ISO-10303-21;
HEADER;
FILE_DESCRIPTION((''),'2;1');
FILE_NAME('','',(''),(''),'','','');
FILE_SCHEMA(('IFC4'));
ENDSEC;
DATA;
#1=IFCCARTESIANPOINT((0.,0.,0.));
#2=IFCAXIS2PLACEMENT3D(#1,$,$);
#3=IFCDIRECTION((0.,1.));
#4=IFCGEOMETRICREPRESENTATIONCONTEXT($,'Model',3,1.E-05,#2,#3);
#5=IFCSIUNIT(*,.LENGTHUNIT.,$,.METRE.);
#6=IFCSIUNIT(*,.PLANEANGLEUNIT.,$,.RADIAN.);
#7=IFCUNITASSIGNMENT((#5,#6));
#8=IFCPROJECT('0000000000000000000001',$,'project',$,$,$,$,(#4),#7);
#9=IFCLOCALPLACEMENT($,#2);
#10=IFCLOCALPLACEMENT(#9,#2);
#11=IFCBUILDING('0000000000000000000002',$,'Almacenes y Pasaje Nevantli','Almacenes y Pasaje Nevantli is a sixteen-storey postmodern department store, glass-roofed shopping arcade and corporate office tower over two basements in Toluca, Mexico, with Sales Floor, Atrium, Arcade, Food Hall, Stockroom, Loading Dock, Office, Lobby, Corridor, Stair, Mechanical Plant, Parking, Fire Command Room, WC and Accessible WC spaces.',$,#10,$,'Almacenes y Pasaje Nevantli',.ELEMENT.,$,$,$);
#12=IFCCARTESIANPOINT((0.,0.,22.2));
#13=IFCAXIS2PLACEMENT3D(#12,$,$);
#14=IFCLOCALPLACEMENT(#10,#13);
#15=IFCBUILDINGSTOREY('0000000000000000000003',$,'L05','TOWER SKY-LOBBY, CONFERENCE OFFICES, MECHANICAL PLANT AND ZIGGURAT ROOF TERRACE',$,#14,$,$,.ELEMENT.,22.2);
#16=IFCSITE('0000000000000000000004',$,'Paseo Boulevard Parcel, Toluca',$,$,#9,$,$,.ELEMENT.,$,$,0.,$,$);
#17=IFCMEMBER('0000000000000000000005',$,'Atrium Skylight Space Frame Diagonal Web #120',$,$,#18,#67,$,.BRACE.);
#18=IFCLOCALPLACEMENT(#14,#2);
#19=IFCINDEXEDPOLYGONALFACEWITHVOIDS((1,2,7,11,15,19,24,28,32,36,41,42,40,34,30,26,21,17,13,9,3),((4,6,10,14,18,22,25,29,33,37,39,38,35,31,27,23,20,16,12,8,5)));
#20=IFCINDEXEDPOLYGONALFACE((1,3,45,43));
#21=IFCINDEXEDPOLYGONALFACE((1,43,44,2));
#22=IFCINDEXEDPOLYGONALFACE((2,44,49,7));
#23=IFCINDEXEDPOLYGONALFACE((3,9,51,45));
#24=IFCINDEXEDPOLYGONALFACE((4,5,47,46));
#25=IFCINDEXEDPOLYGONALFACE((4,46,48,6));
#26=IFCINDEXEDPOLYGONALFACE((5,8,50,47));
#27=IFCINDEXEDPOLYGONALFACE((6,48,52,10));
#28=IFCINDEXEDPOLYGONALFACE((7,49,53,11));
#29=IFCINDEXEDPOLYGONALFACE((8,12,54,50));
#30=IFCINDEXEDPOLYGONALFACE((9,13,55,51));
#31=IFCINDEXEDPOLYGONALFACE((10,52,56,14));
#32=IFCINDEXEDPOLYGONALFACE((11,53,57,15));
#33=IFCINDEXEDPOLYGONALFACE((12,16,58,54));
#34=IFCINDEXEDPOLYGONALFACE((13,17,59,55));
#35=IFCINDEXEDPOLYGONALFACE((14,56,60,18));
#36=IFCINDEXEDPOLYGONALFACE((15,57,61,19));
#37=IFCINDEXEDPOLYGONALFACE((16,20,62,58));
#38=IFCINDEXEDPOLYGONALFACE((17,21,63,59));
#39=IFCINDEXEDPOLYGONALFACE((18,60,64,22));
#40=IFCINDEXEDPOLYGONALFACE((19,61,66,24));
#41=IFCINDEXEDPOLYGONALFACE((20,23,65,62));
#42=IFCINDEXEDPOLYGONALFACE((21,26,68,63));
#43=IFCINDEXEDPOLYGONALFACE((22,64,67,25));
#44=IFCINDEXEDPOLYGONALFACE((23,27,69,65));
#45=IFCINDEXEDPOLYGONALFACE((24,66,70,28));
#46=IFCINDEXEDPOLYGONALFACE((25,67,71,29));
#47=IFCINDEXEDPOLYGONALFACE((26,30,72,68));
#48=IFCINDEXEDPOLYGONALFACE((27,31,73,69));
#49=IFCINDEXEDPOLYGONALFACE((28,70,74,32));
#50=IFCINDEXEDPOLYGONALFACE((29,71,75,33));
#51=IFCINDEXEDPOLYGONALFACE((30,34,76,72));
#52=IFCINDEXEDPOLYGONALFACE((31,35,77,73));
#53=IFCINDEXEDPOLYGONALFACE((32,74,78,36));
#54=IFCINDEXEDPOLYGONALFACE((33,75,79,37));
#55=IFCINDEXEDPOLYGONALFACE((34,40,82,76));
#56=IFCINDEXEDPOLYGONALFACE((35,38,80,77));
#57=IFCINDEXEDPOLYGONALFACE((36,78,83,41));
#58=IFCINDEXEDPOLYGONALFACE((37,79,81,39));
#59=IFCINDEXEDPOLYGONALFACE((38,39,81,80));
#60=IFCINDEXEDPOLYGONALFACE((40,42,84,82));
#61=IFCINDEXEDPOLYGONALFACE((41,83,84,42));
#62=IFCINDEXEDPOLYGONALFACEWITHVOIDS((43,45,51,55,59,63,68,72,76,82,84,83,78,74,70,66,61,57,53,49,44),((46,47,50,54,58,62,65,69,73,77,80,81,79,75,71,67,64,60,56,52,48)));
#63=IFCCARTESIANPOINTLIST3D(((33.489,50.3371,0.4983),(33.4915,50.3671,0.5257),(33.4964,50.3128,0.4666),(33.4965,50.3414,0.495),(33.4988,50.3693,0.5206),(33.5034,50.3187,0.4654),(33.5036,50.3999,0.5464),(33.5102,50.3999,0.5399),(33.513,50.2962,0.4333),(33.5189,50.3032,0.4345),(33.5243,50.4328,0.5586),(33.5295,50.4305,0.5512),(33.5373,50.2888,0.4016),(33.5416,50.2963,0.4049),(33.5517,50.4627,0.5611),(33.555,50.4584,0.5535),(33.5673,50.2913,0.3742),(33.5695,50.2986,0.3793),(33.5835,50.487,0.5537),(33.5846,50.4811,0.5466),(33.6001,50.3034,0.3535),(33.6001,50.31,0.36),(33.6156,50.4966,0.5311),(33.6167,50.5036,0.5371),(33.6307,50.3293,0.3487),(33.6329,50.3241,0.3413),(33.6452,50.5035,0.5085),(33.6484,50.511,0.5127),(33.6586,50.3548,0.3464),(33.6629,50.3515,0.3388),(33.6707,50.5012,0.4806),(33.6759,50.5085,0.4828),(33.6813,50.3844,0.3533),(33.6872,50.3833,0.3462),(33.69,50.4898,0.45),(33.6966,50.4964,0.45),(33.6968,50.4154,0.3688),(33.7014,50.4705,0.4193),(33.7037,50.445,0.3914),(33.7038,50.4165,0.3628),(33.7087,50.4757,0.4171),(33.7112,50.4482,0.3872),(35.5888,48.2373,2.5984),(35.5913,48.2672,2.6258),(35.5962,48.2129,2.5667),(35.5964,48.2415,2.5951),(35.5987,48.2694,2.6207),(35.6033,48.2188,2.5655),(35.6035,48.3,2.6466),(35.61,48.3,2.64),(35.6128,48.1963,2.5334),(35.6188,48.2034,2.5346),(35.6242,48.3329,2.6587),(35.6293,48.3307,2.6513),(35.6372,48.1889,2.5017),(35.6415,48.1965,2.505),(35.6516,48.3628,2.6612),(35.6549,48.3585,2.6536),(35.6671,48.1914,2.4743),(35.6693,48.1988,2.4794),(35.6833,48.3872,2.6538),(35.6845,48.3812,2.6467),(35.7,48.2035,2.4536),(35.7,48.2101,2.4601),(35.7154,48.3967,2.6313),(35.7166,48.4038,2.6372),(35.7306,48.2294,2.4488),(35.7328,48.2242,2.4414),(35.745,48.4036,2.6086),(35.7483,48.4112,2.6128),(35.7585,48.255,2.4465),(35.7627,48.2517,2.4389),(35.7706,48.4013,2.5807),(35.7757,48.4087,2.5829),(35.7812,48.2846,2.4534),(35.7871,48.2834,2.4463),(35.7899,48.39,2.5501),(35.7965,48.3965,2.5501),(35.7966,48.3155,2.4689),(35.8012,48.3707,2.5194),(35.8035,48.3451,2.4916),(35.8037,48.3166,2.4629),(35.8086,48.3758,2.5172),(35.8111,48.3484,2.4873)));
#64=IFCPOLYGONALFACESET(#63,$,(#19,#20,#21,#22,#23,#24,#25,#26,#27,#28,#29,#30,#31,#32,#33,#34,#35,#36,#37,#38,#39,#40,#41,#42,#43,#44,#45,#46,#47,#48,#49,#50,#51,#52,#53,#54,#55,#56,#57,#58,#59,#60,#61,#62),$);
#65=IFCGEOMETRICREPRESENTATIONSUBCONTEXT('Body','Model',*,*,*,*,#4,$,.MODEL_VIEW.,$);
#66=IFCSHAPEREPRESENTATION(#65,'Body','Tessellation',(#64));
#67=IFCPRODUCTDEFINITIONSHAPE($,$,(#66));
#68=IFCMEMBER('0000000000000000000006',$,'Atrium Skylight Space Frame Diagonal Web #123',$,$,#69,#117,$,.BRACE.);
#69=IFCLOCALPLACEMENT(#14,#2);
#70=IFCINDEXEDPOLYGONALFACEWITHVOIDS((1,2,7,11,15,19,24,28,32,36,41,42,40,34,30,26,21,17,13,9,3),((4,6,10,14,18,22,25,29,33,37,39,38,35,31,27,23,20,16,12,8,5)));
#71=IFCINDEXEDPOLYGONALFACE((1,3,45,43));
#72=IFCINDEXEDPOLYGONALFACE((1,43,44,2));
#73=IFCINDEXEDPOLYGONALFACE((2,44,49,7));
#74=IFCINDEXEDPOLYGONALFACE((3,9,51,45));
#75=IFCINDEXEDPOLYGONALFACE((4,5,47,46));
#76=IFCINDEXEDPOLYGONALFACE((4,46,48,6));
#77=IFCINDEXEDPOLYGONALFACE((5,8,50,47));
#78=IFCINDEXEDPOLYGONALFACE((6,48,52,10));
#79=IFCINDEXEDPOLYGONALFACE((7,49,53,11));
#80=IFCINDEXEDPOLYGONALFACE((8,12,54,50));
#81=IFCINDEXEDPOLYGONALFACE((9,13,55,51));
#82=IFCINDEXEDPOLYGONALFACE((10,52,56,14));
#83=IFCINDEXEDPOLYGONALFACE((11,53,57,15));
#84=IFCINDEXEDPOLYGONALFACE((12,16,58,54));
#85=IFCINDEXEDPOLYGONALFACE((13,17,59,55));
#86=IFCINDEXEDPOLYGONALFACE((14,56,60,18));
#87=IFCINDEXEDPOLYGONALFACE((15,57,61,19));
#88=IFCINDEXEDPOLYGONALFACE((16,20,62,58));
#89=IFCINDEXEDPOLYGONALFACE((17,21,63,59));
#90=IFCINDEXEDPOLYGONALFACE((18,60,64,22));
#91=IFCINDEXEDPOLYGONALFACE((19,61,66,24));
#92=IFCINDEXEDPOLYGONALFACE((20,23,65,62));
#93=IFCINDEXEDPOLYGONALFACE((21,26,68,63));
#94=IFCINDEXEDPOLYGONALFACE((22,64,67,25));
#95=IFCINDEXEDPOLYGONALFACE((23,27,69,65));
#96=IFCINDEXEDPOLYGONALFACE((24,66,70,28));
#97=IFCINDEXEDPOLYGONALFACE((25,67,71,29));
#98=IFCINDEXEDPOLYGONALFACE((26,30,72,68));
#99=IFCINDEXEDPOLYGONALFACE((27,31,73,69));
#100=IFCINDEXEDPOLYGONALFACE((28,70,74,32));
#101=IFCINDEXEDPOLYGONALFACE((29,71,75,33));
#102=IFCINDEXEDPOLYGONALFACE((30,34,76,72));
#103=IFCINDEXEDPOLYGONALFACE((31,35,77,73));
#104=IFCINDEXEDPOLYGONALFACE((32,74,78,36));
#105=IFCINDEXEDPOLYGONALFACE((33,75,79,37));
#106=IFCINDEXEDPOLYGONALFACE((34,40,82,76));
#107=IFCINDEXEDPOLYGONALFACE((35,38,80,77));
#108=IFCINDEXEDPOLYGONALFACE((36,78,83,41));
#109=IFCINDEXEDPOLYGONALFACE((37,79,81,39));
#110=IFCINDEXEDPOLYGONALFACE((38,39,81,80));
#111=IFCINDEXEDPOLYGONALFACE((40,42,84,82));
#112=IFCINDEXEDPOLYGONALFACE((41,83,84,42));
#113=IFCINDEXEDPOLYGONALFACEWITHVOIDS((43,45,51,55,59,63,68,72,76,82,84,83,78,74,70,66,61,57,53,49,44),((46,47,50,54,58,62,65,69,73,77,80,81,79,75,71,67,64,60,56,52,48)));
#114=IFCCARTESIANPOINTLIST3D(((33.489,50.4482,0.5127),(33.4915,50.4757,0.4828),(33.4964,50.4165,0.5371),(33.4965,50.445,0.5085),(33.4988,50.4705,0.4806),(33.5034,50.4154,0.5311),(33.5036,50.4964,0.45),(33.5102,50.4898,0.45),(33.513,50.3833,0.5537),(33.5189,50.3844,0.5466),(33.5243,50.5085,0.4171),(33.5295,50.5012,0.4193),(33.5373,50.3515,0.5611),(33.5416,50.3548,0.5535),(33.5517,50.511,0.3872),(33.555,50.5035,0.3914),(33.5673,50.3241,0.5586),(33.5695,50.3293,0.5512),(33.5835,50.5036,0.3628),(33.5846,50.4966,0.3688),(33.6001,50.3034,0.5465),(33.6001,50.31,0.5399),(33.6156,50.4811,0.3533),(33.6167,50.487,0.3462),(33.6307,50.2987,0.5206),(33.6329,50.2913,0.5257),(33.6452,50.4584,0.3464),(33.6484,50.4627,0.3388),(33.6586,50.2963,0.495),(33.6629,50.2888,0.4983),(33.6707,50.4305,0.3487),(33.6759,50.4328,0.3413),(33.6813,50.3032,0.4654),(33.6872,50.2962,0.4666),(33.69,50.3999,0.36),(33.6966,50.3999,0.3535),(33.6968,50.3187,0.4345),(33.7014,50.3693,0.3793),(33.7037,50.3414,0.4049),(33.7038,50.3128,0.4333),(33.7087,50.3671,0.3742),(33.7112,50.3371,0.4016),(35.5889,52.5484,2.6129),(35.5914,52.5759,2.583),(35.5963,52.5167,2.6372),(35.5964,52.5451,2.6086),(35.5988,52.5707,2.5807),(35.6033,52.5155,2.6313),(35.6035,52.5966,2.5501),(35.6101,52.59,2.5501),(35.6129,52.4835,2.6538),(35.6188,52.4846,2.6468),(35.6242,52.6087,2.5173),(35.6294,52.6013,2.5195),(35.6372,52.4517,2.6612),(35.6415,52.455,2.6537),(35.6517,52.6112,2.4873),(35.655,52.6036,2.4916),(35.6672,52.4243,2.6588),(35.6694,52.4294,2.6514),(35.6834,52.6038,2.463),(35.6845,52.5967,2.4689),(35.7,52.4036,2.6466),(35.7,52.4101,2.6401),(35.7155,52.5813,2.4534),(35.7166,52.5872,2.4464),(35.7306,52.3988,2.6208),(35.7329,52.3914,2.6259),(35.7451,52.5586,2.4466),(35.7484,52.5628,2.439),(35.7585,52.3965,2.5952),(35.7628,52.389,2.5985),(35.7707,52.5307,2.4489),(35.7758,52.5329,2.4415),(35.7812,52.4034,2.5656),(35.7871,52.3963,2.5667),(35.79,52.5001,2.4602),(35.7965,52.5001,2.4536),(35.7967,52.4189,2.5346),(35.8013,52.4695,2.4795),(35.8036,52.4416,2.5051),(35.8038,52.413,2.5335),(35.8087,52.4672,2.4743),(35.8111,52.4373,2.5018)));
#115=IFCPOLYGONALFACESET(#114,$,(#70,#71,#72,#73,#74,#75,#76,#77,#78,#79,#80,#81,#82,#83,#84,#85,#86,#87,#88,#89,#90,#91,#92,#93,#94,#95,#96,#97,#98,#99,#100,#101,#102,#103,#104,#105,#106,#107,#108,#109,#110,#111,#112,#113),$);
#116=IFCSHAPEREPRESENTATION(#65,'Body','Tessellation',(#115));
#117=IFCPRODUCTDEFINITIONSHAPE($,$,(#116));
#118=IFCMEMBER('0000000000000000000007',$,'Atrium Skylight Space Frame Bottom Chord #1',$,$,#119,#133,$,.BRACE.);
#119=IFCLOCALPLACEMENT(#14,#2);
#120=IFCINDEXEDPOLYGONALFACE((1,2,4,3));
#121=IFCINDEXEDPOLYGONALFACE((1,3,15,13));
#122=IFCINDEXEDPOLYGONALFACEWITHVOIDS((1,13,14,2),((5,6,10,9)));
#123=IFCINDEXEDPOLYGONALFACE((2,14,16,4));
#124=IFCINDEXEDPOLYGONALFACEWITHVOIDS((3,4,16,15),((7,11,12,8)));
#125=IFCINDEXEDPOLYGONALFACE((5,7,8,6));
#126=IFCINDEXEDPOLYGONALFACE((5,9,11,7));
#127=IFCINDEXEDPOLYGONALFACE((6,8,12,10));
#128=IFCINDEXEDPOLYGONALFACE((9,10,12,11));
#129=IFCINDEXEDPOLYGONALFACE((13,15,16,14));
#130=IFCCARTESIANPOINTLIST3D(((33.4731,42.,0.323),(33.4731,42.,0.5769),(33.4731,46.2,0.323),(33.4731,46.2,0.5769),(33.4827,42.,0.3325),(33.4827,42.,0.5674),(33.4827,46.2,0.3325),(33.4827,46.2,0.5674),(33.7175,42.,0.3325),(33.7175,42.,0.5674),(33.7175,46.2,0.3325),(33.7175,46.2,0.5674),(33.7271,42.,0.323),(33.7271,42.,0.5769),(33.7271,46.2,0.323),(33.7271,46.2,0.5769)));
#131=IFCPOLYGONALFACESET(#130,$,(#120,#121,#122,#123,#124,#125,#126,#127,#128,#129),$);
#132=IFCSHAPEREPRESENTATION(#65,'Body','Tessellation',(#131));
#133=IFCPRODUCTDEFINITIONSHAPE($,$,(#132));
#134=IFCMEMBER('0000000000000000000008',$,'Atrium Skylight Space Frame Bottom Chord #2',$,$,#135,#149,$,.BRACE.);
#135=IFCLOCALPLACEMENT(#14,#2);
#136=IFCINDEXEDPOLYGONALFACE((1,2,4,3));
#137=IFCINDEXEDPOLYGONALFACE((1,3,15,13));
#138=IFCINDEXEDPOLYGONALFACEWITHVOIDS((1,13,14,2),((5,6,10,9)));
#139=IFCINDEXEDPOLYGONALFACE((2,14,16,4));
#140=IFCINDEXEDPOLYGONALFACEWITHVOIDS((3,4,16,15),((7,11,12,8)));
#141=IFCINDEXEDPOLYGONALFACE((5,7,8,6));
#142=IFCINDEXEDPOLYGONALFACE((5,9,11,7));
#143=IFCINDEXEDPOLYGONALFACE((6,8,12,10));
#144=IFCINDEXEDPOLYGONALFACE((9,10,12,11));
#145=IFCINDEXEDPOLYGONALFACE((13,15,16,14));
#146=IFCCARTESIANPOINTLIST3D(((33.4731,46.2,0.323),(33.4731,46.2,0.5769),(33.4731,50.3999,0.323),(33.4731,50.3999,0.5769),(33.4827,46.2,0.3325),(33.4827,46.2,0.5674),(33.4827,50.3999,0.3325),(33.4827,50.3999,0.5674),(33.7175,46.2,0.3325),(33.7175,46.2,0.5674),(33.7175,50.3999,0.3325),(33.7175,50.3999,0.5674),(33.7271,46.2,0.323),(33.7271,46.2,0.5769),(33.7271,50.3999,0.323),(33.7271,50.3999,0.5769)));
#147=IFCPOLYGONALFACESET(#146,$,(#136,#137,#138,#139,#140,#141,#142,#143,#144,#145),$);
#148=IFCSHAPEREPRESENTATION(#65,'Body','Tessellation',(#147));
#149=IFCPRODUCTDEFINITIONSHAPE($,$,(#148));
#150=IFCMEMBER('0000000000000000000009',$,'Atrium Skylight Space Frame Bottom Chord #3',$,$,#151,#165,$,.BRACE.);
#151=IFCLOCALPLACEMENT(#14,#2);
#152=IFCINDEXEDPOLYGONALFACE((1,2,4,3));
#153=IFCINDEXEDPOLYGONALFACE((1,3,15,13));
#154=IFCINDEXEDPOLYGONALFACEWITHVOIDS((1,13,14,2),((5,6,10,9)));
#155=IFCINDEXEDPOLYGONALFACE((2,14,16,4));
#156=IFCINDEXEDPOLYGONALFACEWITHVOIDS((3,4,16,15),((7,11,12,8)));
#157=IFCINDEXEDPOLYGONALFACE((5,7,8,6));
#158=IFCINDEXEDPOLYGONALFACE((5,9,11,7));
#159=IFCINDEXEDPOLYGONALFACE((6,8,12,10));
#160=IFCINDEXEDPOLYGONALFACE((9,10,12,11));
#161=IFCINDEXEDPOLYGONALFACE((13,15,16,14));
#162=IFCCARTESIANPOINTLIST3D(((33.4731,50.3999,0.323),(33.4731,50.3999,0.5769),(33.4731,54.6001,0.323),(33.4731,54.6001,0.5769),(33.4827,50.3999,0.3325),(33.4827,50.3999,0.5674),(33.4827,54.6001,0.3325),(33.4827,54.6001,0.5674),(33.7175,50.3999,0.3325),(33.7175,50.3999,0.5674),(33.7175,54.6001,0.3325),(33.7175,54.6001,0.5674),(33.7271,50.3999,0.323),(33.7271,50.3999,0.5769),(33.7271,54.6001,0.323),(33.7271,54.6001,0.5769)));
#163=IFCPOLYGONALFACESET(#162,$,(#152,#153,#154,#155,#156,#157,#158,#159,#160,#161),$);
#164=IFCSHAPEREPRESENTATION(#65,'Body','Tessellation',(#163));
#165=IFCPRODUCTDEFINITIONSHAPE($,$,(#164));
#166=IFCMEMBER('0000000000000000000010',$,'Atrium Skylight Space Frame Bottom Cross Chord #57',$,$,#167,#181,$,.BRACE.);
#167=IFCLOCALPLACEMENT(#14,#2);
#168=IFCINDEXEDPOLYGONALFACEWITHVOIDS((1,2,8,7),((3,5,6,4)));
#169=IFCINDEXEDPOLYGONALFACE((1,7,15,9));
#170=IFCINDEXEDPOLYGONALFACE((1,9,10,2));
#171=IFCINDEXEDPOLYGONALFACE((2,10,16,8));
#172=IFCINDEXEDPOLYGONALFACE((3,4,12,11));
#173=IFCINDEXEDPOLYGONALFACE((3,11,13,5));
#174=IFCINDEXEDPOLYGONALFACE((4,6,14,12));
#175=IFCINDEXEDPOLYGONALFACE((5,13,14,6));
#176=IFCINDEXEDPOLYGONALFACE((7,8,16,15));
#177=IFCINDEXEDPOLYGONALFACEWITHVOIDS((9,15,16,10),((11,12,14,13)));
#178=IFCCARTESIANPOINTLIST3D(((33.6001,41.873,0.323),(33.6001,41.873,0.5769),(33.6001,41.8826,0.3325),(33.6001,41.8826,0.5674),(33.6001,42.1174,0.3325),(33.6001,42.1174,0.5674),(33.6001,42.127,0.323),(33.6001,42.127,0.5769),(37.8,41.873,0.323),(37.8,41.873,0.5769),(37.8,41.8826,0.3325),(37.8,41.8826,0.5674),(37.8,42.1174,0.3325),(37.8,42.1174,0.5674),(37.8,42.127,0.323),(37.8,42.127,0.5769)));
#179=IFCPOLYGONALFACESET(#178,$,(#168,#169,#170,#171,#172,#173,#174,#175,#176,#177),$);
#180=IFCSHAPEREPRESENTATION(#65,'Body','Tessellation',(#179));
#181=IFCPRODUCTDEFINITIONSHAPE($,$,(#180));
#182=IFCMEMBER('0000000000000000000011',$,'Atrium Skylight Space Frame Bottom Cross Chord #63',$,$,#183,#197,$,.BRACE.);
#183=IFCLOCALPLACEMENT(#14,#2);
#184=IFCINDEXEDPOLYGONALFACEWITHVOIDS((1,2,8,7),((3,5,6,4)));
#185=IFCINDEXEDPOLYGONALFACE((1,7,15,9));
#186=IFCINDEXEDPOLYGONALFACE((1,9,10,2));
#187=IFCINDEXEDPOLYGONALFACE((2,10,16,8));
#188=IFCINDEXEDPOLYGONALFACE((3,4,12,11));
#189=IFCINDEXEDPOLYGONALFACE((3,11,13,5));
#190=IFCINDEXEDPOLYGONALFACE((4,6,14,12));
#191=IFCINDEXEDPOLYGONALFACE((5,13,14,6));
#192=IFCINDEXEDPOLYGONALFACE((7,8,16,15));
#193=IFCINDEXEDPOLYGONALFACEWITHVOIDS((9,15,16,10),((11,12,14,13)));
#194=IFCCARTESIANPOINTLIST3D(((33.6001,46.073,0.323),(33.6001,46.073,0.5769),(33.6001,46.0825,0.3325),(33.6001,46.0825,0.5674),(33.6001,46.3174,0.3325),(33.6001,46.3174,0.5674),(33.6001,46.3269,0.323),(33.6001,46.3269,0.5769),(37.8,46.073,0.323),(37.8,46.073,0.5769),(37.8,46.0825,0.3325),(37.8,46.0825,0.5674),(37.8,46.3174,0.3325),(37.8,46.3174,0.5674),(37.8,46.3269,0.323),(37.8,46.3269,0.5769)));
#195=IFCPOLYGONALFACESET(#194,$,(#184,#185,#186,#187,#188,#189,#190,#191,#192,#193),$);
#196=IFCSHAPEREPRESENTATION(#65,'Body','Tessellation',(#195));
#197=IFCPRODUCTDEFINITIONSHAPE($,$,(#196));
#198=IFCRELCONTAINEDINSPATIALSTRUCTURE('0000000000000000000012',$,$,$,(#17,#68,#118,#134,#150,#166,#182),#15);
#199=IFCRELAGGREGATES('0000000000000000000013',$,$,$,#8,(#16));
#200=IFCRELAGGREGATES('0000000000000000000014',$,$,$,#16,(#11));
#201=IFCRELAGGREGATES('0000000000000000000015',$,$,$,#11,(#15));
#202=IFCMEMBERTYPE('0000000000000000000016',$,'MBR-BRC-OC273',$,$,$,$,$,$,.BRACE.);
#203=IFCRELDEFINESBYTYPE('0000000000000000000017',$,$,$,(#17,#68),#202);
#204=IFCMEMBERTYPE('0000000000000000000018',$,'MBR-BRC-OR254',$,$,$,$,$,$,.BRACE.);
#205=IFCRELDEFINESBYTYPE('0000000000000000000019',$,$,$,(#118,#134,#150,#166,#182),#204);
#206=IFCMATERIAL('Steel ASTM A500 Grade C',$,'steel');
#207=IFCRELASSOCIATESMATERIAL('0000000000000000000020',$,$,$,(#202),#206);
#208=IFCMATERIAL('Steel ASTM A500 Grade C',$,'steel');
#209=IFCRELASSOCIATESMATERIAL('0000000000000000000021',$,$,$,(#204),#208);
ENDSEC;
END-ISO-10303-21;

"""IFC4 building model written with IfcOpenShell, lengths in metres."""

from ifc_helpers import new_model, si_unit, direction, frame, origin, origin_2d, place, context, subcontext, project, spatial, hollow_rectangle, hollow_circle, extrude, material, material_profile, profile_set, type_object, element, save


model = new_model("IFC4")

# Units and contexts
model_context = context("Model", 3, precision=1e-05, world=origin(), true_north=direction((0.0, 1.0)))
body_context = subcontext(model_context, "Body", "Model", "MODEL_VIEW")
ifc_project = project(units=[si_unit("LENGTHUNIT", "METRE"), si_unit("PLANEANGLEUNIT", "RADIAN")], contexts=[model_context])

# Site, building, storey
site_placement = place(None, origin())
site = spatial("IfcSite", under=ifc_project, at=site_placement, Name="Paseo Boulevard Parcel, Toluca", CompositionType="ELEMENT", RefElevation=0.0)
building_placement = place(site_placement, origin())
building = spatial("IfcBuilding", under=site, at=building_placement, Name="Almacenes y Pasaje Nevantli", Description="Almacenes y Pasaje Nevantli is a sixteen-storey postmodern department store, glass-roofed shopping arcade and corporate office tower over two basements in Toluca, Mexico, with Sales Floor, Atrium, Arcade, Food Hall, Stockroom, Loading Dock, Office, Lobby, Corridor, Stair, Mechanical Plant, Parking, Fire Command Room, WC and Accessible WC spaces.", LongName="Almacenes y Pasaje Nevantli", CompositionType="ELEMENT")
storey_placement = place(building_placement, frame((0.0, 0.0, 22.2)))
storey = spatial("IfcBuildingStorey", under=building, at=storey_placement, Name="L05", Description="TOWER SKY-LOBBY, CONFERENCE OFFICES, MECHANICAL PLANT AND ZIGGURAT ROOF TERRACE", CompositionType="ELEMENT", Elevation=22.2)

# Members
ifc_material_1 = material(Name="Steel ASTM A500 Grade C", Category="steel")
ifc_material_profile_1 = material_profile(ifc_material_1, hollow_circle(Radius=0.1365, WallThickness=0.0093, at=origin_2d()), Name="OC 273x9.3")
ifc_profile_set_1 = profile_set([ifc_material_profile_1], Name="Steel ASTM A500 Grade C")
member_type_1 = type_object("IfcMemberType", Name="MBR-BRC-OC273", PredefinedType="BRACE", material=ifc_profile_set_1)
member_1_placement = place(storey_placement, frame((33.6001, 50.3999, 0.45), z_axis=(0.577328, -0.577328, 0.577395), x_axis=(0.707107, 0.707107, 0.0)))
element("IfcMember", 1, at=member_1_placement, inside=storey, type_object=member_type_1, Name="Atrium Skylight Space Frame Diagonal Web #120", PredefinedType="BRACE", context=body_context, shape_type="SweptSolid", body=[
    extrude(hollow_circle(Radius=0.1365, WallThickness=0.0093, at=origin_2d()), origin(), (0.0, 0.0, 1.0), 3.6372),
])
member_2_placement = place(storey_placement, frame((33.6001, 50.3999, 0.45), z_axis=(0.577306, 0.577373, 0.577373), x_axis=(-0.707148, 0.707066, 0.0)))
element("IfcMember", 2, at=member_2_placement, inside=storey, type_object=member_type_1, Name="Atrium Skylight Space Frame Diagonal Web #123", PredefinedType="BRACE", context=body_context, shape_type="SweptSolid", body=[
    extrude(hollow_circle(Radius=0.1365, WallThickness=0.0093, at=origin_2d()), origin(), (0.0, 0.0, 1.0), 3.6375),
])
ifc_material_2 = material(Name="Steel ASTM A500 Grade C", Category="steel")
ifc_material_profile_2 = material_profile(ifc_material_2, hollow_rectangle(XDim=0.2539, YDim=0.2539, WallThickness=0.0095, at=origin_2d()), Name="OR 254x254x9.5")
ifc_profile_set_2 = profile_set([ifc_material_profile_2], Name="Steel ASTM A500 Grade C")
member_type_2 = type_object("IfcMemberType", Name="MBR-BRC-OR254", PredefinedType="BRACE", material=ifc_profile_set_2)
for number, where, z_axis, x_axis, name in (
    (3, (33.6001, 42.0, 0.45), (0.0, 1.0, 0.0), (-1.0, 0.0, 0.0), "Atrium Skylight Space Frame Bottom Chord #1"),
    (4, (33.6001, 46.2, 0.45), (0.0, 1.0, 0.0), (-1.0, 0.0, 0.0), "Atrium Skylight Space Frame Bottom Chord #2"),
):
    element("IfcMember", number, at=place(storey_placement, frame(where, z_axis=z_axis, x_axis=x_axis)), inside=storey, type_object=member_type_2, Name=name, PredefinedType="BRACE", context=body_context, shape_type="SweptSolid", body=[
        extrude(hollow_rectangle(XDim=0.2539, YDim=0.2539, WallThickness=0.0095, at=origin_2d()), origin(), (0.0, 0.0, 1.0), 4.2),
    ])
member_3_placement = place(storey_placement, frame((33.6001, 50.3999, 0.45), z_axis=(0.0, 1.0, 0.0), x_axis=(-1.0, 0.0, 0.0)))
element("IfcMember", 5, at=member_3_placement, inside=storey, type_object=member_type_2, Name="Atrium Skylight Space Frame Bottom Chord #3", PredefinedType="BRACE", context=body_context, shape_type="SweptSolid", body=[
    extrude(hollow_rectangle(XDim=0.2539, YDim=0.2539, WallThickness=0.0095, at=origin_2d()), origin(), (0.0, 0.0, 1.0), 4.2002),
])
for number, where, z_axis, x_axis, name in (
    (6, (33.6001, 42.0, 0.45), (1.0, 0.0, 0.0), (0.0, 1.0, 0.0), "Atrium Skylight Space Frame Bottom Cross Chord #57"),
    (7, (33.6001, 46.2, 0.45), (1.0, 0.0, 0.0), (0.0, 1.0, 0.0), "Atrium Skylight Space Frame Bottom Cross Chord #63"),
):
    element("IfcMember", number, at=place(storey_placement, frame(where, z_axis=z_axis, x_axis=x_axis)), inside=storey, type_object=member_type_2, Name=name, PredefinedType="BRACE", context=body_context, shape_type="SweptSolid", body=[
        extrude(hollow_rectangle(XDim=0.2539, YDim=0.2539, WallThickness=0.0095, at=origin_2d()), origin(), (0.0, 0.0, 1.0), 4.2),
    ])

save(model, "model.ifc")
